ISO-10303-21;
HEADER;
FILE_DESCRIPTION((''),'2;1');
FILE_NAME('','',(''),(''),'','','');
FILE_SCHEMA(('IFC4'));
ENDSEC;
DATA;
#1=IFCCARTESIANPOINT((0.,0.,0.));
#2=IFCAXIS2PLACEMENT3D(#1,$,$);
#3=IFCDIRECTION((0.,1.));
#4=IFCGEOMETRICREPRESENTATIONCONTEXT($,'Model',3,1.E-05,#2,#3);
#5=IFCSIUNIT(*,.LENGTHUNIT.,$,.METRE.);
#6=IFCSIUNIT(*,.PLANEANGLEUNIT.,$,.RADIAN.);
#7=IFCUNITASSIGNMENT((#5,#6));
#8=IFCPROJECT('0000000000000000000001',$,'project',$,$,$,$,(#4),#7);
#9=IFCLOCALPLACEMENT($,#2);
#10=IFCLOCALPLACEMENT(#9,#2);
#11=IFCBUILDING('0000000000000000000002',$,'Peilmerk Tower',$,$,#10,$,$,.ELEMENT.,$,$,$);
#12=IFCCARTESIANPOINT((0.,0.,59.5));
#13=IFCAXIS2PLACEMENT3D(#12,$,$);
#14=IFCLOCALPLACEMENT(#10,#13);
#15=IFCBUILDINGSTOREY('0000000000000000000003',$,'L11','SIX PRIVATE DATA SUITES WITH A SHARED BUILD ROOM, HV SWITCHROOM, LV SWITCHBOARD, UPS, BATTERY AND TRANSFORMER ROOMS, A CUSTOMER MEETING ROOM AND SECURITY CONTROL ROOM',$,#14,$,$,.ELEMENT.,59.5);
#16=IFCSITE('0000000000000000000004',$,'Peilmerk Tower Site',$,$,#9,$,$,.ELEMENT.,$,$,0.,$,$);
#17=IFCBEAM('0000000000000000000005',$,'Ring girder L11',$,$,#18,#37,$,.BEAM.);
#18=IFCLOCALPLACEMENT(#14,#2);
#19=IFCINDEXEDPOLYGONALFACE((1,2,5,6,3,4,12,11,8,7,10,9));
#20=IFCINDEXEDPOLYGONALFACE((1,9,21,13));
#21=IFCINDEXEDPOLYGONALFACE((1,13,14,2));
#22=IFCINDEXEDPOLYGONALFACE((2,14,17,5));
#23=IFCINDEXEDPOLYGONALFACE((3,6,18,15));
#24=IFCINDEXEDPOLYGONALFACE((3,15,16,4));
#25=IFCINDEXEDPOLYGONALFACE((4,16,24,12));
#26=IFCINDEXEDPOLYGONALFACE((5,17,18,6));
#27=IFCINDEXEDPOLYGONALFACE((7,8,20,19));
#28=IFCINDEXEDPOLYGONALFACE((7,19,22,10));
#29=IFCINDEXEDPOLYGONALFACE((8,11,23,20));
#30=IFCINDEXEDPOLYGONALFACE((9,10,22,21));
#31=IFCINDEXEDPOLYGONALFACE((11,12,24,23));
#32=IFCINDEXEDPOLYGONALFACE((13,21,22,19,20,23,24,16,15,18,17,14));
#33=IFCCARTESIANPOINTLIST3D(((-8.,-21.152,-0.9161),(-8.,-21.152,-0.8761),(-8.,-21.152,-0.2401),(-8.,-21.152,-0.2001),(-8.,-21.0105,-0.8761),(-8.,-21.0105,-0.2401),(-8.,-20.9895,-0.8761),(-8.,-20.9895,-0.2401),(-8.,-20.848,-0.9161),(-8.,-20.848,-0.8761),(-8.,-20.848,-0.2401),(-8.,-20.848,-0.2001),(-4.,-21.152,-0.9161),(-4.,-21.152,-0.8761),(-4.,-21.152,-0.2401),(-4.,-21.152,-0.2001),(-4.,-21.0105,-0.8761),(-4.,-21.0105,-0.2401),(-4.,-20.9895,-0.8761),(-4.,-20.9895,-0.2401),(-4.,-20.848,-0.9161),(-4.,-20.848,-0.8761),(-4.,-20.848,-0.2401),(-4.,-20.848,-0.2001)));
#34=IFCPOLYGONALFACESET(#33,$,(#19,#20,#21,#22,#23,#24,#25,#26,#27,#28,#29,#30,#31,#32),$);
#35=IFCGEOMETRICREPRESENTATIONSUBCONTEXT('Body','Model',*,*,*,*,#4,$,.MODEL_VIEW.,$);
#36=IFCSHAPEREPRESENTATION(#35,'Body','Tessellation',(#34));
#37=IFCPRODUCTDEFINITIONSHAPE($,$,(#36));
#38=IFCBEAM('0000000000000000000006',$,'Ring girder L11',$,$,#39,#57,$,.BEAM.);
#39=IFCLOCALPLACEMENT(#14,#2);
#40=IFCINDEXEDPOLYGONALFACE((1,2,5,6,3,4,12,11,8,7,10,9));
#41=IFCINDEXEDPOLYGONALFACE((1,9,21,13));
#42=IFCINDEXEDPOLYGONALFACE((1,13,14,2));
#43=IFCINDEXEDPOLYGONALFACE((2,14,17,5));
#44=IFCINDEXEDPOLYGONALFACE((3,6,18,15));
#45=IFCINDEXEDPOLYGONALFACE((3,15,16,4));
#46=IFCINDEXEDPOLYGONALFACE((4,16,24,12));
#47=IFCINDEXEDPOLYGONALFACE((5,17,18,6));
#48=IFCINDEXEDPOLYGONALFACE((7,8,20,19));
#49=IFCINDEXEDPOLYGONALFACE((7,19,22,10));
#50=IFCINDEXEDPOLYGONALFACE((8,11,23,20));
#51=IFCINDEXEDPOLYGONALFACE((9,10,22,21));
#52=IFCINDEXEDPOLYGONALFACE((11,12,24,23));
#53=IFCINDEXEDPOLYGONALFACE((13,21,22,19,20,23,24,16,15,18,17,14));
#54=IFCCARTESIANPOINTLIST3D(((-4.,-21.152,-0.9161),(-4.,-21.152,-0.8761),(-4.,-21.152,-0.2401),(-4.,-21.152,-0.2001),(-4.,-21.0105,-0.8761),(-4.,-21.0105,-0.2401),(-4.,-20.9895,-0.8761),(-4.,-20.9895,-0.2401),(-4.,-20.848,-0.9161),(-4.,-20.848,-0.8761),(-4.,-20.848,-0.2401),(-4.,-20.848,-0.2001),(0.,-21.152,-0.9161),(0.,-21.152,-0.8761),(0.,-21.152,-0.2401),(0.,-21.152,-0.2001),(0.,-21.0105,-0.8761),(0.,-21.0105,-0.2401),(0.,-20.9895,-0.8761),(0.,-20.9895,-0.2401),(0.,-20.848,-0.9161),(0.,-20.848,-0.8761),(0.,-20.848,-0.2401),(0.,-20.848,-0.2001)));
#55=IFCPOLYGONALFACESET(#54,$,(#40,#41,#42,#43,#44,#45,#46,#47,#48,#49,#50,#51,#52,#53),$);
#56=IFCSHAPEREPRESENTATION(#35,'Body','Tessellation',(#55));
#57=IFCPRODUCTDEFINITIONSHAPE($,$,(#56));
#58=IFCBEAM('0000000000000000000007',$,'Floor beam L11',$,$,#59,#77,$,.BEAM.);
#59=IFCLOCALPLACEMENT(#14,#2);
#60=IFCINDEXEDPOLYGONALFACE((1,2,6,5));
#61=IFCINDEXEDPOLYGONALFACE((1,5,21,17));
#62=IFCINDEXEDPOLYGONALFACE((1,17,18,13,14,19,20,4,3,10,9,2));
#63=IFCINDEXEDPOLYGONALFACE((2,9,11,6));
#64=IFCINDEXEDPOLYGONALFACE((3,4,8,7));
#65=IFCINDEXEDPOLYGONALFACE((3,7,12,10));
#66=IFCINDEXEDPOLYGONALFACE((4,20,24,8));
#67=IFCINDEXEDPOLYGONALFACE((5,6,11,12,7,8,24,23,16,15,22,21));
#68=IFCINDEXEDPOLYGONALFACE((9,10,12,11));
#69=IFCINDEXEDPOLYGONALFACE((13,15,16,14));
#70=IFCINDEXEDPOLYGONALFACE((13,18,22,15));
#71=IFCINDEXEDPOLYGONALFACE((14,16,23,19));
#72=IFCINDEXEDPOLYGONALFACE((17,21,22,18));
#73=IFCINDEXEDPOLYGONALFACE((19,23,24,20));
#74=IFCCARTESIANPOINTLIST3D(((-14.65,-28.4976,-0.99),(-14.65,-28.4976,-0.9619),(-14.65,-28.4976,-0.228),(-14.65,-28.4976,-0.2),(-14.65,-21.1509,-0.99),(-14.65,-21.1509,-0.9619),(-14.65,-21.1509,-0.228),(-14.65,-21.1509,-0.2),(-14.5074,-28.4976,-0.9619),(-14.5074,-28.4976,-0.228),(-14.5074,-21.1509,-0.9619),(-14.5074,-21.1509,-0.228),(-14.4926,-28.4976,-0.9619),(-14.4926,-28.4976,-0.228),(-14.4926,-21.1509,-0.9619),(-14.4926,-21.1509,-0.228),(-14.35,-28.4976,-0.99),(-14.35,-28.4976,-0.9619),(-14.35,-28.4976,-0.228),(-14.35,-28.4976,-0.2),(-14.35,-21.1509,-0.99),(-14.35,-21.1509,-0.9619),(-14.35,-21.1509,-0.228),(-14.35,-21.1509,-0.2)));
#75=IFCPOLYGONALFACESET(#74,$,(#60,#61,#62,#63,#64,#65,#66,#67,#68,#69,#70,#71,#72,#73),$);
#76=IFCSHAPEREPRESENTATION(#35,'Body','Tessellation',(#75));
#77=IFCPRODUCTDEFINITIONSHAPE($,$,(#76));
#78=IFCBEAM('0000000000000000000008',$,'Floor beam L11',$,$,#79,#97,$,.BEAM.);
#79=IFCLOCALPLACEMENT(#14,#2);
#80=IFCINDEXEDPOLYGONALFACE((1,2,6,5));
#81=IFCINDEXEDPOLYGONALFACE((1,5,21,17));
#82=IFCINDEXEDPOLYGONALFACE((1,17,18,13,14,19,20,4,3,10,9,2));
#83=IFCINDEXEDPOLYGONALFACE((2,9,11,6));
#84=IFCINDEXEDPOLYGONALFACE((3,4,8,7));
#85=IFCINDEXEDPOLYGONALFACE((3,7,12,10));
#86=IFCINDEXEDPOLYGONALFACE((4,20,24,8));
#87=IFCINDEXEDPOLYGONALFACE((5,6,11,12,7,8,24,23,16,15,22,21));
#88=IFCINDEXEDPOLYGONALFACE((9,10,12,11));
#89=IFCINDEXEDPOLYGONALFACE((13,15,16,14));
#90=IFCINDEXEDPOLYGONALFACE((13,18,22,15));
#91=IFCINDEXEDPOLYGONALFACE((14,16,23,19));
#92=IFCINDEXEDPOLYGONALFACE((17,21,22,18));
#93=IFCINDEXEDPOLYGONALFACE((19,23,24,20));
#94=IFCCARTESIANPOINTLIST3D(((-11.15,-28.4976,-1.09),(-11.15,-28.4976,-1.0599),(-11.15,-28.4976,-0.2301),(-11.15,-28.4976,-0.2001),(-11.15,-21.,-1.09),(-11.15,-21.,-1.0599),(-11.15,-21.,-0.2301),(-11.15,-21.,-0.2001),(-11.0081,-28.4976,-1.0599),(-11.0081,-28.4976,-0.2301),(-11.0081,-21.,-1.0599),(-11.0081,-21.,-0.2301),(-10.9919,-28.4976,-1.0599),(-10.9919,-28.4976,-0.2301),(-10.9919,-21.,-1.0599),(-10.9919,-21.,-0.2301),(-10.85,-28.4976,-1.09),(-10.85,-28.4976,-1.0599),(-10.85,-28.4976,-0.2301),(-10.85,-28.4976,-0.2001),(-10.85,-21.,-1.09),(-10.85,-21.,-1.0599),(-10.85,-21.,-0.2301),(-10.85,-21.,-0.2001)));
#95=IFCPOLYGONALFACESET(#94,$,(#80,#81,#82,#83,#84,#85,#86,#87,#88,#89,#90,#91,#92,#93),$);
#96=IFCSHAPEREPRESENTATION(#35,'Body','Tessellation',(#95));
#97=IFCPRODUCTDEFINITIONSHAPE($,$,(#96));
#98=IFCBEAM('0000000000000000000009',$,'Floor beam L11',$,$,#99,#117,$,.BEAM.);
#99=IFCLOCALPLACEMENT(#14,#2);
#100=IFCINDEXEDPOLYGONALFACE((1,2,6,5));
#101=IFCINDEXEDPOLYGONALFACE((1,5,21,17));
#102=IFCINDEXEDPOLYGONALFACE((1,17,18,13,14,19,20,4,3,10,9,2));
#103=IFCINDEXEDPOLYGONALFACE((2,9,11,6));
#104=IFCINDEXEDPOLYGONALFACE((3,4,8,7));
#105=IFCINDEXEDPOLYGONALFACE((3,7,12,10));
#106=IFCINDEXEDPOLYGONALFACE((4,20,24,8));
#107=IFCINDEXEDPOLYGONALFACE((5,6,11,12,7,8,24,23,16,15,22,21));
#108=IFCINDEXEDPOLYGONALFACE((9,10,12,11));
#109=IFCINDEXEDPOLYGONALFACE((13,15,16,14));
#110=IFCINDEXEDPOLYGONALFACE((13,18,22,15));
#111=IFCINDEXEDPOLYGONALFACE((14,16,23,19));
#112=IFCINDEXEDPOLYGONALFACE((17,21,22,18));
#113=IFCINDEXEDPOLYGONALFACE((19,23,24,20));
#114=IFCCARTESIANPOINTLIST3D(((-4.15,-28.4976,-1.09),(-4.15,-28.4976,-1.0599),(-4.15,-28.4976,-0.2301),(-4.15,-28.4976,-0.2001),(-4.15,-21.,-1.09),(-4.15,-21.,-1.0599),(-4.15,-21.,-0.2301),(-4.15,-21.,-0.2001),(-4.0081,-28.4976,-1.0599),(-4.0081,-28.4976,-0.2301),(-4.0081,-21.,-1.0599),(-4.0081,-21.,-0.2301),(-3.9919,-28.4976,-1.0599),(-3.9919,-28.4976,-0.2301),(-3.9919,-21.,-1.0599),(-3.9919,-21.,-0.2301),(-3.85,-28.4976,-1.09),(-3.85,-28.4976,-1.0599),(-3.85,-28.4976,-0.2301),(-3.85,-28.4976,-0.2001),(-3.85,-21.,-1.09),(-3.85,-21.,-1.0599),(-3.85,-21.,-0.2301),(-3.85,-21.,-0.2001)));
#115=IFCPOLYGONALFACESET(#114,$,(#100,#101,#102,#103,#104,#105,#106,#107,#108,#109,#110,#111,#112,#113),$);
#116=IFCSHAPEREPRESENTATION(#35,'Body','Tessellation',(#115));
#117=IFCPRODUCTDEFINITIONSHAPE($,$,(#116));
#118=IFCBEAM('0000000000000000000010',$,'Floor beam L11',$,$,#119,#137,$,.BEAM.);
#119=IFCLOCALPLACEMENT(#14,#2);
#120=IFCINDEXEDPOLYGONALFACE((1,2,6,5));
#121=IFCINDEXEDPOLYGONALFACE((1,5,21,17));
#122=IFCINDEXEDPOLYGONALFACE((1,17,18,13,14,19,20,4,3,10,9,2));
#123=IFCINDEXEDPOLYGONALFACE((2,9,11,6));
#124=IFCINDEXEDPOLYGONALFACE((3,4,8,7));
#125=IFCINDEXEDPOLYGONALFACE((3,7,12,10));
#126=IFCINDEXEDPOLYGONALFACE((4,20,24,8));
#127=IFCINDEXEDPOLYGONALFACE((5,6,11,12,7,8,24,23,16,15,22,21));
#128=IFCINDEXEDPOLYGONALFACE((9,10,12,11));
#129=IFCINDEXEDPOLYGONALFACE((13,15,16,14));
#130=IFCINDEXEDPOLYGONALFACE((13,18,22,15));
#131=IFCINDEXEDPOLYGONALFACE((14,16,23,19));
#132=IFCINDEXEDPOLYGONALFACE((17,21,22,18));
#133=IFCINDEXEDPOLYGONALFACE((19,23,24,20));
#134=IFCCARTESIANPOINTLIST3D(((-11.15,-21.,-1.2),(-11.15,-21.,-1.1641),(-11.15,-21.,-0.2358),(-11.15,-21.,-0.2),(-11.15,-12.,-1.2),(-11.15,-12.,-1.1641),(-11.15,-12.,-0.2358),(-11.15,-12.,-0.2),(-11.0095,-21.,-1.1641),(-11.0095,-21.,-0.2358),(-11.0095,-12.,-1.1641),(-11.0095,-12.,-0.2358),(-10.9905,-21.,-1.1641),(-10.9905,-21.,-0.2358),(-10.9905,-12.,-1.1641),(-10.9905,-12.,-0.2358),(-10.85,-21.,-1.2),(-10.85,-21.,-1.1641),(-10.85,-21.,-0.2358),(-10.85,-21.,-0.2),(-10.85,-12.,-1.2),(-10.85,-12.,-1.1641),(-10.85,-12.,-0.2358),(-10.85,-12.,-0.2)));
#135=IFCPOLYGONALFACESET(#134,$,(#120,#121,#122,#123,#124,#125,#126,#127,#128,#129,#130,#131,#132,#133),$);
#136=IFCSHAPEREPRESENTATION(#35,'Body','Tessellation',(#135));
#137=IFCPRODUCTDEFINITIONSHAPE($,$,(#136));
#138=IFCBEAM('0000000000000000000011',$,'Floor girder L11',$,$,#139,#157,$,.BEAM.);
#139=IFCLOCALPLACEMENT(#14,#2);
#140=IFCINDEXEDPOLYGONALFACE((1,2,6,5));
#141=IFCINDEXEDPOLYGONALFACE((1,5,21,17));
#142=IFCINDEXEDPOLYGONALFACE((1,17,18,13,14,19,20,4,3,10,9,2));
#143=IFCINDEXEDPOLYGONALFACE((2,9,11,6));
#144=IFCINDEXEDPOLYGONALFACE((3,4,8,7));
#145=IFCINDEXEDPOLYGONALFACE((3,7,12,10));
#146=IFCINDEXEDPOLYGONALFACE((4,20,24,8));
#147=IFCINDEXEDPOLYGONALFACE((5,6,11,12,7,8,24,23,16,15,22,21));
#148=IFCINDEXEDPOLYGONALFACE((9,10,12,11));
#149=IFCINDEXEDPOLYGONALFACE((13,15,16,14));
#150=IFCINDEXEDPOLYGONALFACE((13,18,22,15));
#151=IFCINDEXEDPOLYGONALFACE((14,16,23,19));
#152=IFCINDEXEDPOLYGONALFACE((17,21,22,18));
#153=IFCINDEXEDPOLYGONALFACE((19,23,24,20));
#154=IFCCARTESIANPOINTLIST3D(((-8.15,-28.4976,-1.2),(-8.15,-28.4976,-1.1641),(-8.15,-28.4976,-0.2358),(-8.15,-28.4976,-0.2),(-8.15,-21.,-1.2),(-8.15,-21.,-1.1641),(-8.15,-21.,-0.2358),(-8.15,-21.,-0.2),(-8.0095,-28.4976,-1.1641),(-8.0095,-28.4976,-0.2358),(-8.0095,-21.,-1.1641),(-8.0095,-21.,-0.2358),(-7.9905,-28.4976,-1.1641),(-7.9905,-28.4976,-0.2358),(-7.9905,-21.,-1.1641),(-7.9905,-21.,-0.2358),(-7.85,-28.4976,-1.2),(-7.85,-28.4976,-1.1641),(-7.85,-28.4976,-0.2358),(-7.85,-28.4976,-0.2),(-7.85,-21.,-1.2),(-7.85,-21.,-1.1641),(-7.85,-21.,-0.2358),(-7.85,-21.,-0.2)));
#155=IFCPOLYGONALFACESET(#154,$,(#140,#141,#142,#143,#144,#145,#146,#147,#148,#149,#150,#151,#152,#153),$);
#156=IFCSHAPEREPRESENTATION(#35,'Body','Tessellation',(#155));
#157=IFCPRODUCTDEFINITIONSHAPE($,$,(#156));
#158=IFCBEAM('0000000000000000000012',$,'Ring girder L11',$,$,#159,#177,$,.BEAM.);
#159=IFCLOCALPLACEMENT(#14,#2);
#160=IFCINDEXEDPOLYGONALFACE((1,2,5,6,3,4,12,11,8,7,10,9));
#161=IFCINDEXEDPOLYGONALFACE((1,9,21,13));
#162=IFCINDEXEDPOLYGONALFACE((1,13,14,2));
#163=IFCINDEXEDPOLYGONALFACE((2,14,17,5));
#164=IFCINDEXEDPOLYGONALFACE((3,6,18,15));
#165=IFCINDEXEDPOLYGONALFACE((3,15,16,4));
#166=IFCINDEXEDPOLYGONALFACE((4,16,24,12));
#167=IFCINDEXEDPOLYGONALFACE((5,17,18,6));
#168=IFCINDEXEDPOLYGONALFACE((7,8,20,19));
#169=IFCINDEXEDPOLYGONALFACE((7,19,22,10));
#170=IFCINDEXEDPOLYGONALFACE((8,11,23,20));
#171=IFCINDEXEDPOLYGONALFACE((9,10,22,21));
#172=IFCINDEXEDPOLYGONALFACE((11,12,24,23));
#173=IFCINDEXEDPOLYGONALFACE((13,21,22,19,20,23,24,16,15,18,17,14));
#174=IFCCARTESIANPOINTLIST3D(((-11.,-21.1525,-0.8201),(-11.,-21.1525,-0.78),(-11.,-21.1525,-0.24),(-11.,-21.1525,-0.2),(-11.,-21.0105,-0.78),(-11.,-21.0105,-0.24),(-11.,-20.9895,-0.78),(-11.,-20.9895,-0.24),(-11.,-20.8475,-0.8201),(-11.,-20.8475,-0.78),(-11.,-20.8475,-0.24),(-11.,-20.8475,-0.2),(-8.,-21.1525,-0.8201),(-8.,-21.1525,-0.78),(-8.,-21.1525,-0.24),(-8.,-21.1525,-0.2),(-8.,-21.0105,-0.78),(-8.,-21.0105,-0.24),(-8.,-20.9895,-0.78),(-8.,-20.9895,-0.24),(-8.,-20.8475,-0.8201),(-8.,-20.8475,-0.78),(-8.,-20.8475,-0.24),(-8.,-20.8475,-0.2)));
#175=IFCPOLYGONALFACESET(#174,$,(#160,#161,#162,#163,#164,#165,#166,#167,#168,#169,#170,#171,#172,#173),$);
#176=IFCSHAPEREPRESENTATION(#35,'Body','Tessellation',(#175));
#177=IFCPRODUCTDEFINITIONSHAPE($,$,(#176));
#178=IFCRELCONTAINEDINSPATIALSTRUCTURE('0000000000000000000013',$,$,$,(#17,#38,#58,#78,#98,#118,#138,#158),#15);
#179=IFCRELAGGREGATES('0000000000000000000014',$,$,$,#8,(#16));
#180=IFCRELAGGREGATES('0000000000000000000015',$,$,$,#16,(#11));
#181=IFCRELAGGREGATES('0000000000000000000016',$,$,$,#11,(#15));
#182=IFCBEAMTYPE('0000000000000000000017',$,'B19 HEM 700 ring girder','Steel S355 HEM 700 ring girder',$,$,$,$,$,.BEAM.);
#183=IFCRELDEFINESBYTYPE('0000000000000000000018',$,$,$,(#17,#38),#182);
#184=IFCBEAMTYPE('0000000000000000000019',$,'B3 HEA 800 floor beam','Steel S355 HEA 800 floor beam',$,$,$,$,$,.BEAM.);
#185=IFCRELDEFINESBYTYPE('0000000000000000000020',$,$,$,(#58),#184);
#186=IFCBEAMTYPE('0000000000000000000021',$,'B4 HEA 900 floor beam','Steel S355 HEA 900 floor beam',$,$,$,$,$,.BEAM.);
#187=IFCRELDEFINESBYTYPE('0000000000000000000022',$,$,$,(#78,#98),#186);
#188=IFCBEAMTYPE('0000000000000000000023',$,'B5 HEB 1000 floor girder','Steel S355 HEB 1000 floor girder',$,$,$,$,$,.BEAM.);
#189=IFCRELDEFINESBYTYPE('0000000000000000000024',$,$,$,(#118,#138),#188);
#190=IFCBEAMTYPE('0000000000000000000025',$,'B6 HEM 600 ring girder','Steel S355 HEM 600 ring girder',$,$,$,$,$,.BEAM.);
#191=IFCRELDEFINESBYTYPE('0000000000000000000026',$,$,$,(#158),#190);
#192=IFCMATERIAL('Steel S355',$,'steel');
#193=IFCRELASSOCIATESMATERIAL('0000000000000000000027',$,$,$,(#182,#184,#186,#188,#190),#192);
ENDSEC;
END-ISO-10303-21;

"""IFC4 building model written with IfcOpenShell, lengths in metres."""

from ifc_helpers import new_model, si_unit, direction, frame, origin, origin_2d, place, context, subcontext, project, spatial, i_section, extrude, material, material_profile, profile_set, type_object, element, save


model = new_model("IFC4")

# Units and contexts
model_context = context("Model", 3, precision=1e-05, world=origin(), true_north=direction((0.0, 1.0)))
body_context = subcontext(model_context, "Body", "Model", "MODEL_VIEW")
ifc_project = project(units=[si_unit("LENGTHUNIT", "METRE"), si_unit("PLANEANGLEUNIT", "RADIAN")], contexts=[model_context])

# Site, building, storey
site_placement = place(None, origin())
site = spatial("IfcSite", under=ifc_project, at=site_placement, Name="Peilmerk Tower Site", CompositionType="ELEMENT", RefElevation=0.0)
building_placement = place(site_placement, origin())
building = spatial("IfcBuilding", under=site, at=building_placement, Name="Peilmerk Tower", CompositionType="ELEMENT")
storey_placement = place(building_placement, frame((0.0, 0.0, 59.5)))
storey = spatial("IfcBuildingStorey", under=building, at=storey_placement, Name="L11", Description="SIX PRIVATE DATA SUITES WITH A SHARED BUILD ROOM, HV SWITCHROOM, LV SWITCHBOARD, UPS, BATTERY AND TRANSFORMER ROOMS, A CUSTOMER MEETING ROOM AND SECURITY CONTROL ROOM", CompositionType="ELEMENT", Elevation=59.5)

# Beams
ifc_material_1 = material(Name="Steel S355", Category="steel")
ifc_material_profile_1 = material_profile(ifc_material_1, i_section(OverallWidth=0.304, OverallDepth=0.7161, WebThickness=0.021, FlangeThickness=0.04, at=origin_2d()), Name="HEM 700")
ifc_profile_set_1 = profile_set([ifc_material_profile_1], Name="Steel S355")
beam_type_1 = type_object("IfcBeamType", Name="B19 HEM 700 ring girder", Description="Steel S355 HEM 700 ring girder", PredefinedType="BEAM", material=ifc_profile_set_1)
for number, where, z_axis, x_axis, name in (
    (1, (-8.0, -21.0, -0.5581), (1.0, 0.0, 0.0), (0.0, 1.0, 0.0), "Ring girder L11"),
    (2, (-4.0, -21.0, -0.5581), (1.0, 0.0, 0.0), (0.0, 1.0, 0.0), "Ring girder L11"),
):
    element("IfcBeam", number, at=place(storey_placement, frame(where, z_axis=z_axis, x_axis=x_axis)), inside=storey, type_object=beam_type_1, Name=name, PredefinedType="BEAM", context=body_context, shape_type="SweptSolid", body=[
        extrude(i_section(OverallWidth=0.304, OverallDepth=0.7161, WebThickness=0.021, FlangeThickness=0.04, at=origin_2d()), origin(), (0.0, 0.0, 1.0), 4.0),
    ])
ifc_material_profile_2 = material_profile(ifc_material_1, i_section(OverallWidth=0.3, OverallDepth=0.79, WebThickness=0.0149, FlangeThickness=0.0281, at=origin_2d()), Name="HEA 800")
ifc_profile_set_2 = profile_set([ifc_material_profile_2], Name="Steel S355")
beam_type_2 = type_object("IfcBeamType", Name="B3 HEA 800 floor beam", Description="Steel S355 HEA 800 floor beam", PredefinedType="BEAM", material=ifc_profile_set_2)
beam_1_placement = place(storey_placement, frame((-14.5, -21.1509, -0.595), z_axis=(0.0, -1.0, 0.0), x_axis=(1.0, 0.0, 0.0)))
element("IfcBeam", 3, at=beam_1_placement, inside=storey, type_object=beam_type_2, Name="Floor beam L11", PredefinedType="BEAM", context=body_context, shape_type="SweptSolid", body=[
    extrude(i_section(OverallWidth=0.3, OverallDepth=0.79, WebThickness=0.0149, FlangeThickness=0.0281, at=origin_2d()), origin(), (0.0, 0.0, 1.0), 7.3467),
])
ifc_material_profile_3 = material_profile(ifc_material_1, i_section(OverallWidth=0.3, OverallDepth=0.8899, WebThickness=0.0161, FlangeThickness=0.03, at=origin_2d()), Name="HEA 900")
ifc_profile_set_3 = profile_set([ifc_material_profile_3], Name="Steel S355")
beam_type_3 = type_object("IfcBeamType", Name="B4 HEA 900 floor beam", Description="Steel S355 HEA 900 floor beam", PredefinedType="BEAM", material=ifc_profile_set_3)
for number, where, z_axis, x_axis, name in (
    (4, (-11.0, -21.0, -0.645), (0.0, -1.0, 0.0), (1.0, 0.0, 0.0), "Floor beam L11"),
    (5, (-4.0, -21.0, -0.645), (0.0, -1.0, 0.0), (1.0, 0.0, 0.0), "Floor beam L11"),
):
    element("IfcBeam", number, at=place(storey_placement, frame(where, z_axis=z_axis, x_axis=x_axis)), inside=storey, type_object=beam_type_3, Name=name, PredefinedType="BEAM", context=body_context, shape_type="SweptSolid", body=[
        extrude(i_section(OverallWidth=0.3, OverallDepth=0.8899, WebThickness=0.0161, FlangeThickness=0.03, at=origin_2d()), origin(), (0.0, 0.0, 1.0), 7.4976),
    ])
ifc_material_profile_4 = material_profile(ifc_material_1, i_section(OverallWidth=0.3, OverallDepth=1.0, WebThickness=0.019, FlangeThickness=0.0359, at=origin_2d()), Name="HEB 1000")
ifc_profile_set_4 = profile_set([ifc_material_profile_4], Name="Steel S355")
beam_type_4 = type_object("IfcBeamType", Name="B5 HEB 1000 floor girder", Description="Steel S355 HEB 1000 floor girder", PredefinedType="BEAM", material=ifc_profile_set_4)
beam_2_placement = place(storey_placement, frame((-11.0, -12.0, -0.7), z_axis=(0.0, -1.0, 0.0), x_axis=(1.0, 0.0, 0.0)))
element("IfcBeam", 6, at=beam_2_placement, inside=storey, type_object=beam_type_4, Name="Floor beam L11", PredefinedType="BEAM", context=body_context, shape_type="SweptSolid", body=[
    extrude(i_section(OverallWidth=0.3, OverallDepth=1.0, WebThickness=0.019, FlangeThickness=0.0359, at=origin_2d()), origin(), (0.0, 0.0, 1.0), 9.0),
])
beam_3_placement = place(storey_placement, frame((-8.0, -21.0, -0.7), z_axis=(0.0, -1.0, 0.0), x_axis=(1.0, 0.0, 0.0)))
element("IfcBeam", 7, at=beam_3_placement, inside=storey, type_object=beam_type_4, Name="Floor girder L11", PredefinedType="BEAM", context=body_context, shape_type="SweptSolid", body=[
    extrude(i_section(OverallWidth=0.3, OverallDepth=1.0, WebThickness=0.019, FlangeThickness=0.0359, at=origin_2d()), origin(), (0.0, 0.0, 1.0), 7.4976),
])
ifc_material_profile_5 = material_profile(ifc_material_1, i_section(OverallWidth=0.3049, OverallDepth=0.6201, WebThickness=0.021, FlangeThickness=0.04, at=origin_2d()), Name="HEM 600")
ifc_profile_set_5 = profile_set([ifc_material_profile_5], Name="Steel S355")
beam_type_5 = type_object("IfcBeamType", Name="B6 HEM 600 ring girder", Description="Steel S355 HEM 600 ring girder", PredefinedType="BEAM", material=ifc_profile_set_5)
beam_4_placement = place(storey_placement, frame((-11.0, -21.0, -0.51), z_axis=(1.0, 0.0, 0.0), x_axis=(0.0, 1.0, 0.0)))
element("IfcBeam", 8, at=beam_4_placement, inside=storey, type_object=beam_type_5, Name="Ring girder L11", PredefinedType="BEAM", context=body_context, shape_type="SweptSolid", body=[
    extrude(i_section(OverallWidth=0.3049, OverallDepth=0.6201, WebThickness=0.021, FlangeThickness=0.04, at=origin_2d()), origin(), (0.0, 0.0, 1.0), 3.0),
])

save(model, "model.ifc")
